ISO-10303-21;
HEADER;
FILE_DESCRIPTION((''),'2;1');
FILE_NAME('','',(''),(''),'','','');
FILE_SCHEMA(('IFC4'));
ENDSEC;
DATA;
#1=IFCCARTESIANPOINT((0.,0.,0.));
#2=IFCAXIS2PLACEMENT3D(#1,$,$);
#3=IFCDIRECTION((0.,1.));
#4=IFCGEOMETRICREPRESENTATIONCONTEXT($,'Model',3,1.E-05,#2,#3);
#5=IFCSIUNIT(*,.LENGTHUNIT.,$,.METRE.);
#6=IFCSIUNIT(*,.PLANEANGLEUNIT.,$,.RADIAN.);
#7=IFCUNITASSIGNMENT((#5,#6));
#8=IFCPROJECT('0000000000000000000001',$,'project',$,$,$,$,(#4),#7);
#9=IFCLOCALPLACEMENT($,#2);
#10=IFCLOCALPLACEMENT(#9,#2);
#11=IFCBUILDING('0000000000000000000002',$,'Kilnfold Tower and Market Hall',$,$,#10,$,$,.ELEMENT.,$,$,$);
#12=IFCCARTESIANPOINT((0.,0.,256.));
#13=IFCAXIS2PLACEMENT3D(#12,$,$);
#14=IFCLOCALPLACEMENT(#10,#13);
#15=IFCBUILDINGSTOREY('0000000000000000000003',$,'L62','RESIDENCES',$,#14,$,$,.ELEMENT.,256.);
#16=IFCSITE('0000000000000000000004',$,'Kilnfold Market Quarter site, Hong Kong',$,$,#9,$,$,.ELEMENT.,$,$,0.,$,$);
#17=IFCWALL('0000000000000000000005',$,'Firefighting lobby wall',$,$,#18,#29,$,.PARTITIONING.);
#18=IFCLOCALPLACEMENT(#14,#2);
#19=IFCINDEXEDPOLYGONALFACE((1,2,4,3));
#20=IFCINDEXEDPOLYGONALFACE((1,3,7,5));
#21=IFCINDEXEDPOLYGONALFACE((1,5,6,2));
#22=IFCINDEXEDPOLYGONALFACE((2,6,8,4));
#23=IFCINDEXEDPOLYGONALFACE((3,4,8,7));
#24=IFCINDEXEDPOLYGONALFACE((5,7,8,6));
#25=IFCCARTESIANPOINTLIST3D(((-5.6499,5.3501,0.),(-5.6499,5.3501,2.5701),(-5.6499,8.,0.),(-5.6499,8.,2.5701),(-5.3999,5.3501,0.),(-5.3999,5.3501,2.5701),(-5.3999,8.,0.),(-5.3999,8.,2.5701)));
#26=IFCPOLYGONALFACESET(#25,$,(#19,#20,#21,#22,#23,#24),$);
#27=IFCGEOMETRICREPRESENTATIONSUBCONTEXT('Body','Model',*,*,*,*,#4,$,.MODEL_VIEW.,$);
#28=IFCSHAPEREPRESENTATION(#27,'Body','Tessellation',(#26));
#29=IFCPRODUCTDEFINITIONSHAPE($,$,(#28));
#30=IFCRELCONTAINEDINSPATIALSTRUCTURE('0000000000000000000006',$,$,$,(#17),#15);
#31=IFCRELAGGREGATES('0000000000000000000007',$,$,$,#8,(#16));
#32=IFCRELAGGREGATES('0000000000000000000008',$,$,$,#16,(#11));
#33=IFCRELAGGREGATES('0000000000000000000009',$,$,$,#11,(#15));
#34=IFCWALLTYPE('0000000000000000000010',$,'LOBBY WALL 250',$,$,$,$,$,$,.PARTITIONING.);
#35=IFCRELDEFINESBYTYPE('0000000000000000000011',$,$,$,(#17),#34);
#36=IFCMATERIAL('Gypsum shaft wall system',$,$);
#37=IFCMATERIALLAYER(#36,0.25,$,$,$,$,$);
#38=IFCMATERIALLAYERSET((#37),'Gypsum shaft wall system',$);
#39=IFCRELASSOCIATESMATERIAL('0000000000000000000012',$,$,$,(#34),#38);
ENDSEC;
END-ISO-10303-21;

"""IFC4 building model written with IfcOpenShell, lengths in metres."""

from ifc_helpers import new_model, si_unit, direction, frame, frame_2d, origin, place, context, subcontext, project, spatial, rectangle, extrude, source, transform, mapped, material, layer, layer_set, type_object, element, save


model = new_model("IFC4")

# Units and contexts
model_context = context("Model", 3, precision=1e-05, world=origin(), true_north=direction((0.0, 1.0)))
body_context = subcontext(model_context, "Body", "Model", "MODEL_VIEW")
ifc_project = project(units=[si_unit("LENGTHUNIT", "METRE"), si_unit("PLANEANGLEUNIT", "RADIAN")], contexts=[model_context])

# Site, building, storey
site_placement = place(None, origin())
site = spatial("IfcSite", under=ifc_project, at=site_placement, Name="Kilnfold Market Quarter site, Hong Kong", CompositionType="ELEMENT", RefElevation=0.0)
building_placement = place(site_placement, origin())
building = spatial("IfcBuilding", under=site, at=building_placement, Name="Kilnfold Tower and Market Hall", CompositionType="ELEMENT")
storey_placement = place(building_placement, frame((0.0, 0.0, 256.0)))
storey = spatial("IfcBuildingStorey", under=building, at=storey_placement, Name="L62", Description="RESIDENCES", CompositionType="ELEMENT", Elevation=256.0)

# Wall
ifc_material_1 = material(Name="Gypsum shaft wall system")
ifc_layer_1 = layer(ifc_material_1, 0.25)
ifc_layer_set_1 = layer_set([ifc_layer_1], Name="Gypsum shaft wall system")
wall_type_1 = type_object("IfcWallType", Name="LOBBY WALL 250", PredefinedType="PARTITIONING", material=ifc_layer_set_1)
shared_shape_1 = source(origin(), body_context, "Body", "SweptSolid", [
    extrude(rectangle(XDim=2.6499, YDim=0.25, at=frame_2d((1.325, 0.0))), origin(), (0.0, 0.0, 1.0), 2.5701),
])
wall_1_placement = place(storey_placement, frame((-5.5249, 5.3501, 0.0), z_axis=(0.0, 0.0, 1.0), x_axis=(0.0, 1.0, 0.0)))
element("IfcWall", 1, at=wall_1_placement, inside=storey, type_object=wall_type_1, Name="Firefighting lobby wall", PredefinedType="PARTITIONING", context=body_context, shape_type="MappedRepresentation", body=[
    mapped(shared_shape_1, transform((0.0, 0.0, 0.0))),
])

save(model, "model.ifc")
